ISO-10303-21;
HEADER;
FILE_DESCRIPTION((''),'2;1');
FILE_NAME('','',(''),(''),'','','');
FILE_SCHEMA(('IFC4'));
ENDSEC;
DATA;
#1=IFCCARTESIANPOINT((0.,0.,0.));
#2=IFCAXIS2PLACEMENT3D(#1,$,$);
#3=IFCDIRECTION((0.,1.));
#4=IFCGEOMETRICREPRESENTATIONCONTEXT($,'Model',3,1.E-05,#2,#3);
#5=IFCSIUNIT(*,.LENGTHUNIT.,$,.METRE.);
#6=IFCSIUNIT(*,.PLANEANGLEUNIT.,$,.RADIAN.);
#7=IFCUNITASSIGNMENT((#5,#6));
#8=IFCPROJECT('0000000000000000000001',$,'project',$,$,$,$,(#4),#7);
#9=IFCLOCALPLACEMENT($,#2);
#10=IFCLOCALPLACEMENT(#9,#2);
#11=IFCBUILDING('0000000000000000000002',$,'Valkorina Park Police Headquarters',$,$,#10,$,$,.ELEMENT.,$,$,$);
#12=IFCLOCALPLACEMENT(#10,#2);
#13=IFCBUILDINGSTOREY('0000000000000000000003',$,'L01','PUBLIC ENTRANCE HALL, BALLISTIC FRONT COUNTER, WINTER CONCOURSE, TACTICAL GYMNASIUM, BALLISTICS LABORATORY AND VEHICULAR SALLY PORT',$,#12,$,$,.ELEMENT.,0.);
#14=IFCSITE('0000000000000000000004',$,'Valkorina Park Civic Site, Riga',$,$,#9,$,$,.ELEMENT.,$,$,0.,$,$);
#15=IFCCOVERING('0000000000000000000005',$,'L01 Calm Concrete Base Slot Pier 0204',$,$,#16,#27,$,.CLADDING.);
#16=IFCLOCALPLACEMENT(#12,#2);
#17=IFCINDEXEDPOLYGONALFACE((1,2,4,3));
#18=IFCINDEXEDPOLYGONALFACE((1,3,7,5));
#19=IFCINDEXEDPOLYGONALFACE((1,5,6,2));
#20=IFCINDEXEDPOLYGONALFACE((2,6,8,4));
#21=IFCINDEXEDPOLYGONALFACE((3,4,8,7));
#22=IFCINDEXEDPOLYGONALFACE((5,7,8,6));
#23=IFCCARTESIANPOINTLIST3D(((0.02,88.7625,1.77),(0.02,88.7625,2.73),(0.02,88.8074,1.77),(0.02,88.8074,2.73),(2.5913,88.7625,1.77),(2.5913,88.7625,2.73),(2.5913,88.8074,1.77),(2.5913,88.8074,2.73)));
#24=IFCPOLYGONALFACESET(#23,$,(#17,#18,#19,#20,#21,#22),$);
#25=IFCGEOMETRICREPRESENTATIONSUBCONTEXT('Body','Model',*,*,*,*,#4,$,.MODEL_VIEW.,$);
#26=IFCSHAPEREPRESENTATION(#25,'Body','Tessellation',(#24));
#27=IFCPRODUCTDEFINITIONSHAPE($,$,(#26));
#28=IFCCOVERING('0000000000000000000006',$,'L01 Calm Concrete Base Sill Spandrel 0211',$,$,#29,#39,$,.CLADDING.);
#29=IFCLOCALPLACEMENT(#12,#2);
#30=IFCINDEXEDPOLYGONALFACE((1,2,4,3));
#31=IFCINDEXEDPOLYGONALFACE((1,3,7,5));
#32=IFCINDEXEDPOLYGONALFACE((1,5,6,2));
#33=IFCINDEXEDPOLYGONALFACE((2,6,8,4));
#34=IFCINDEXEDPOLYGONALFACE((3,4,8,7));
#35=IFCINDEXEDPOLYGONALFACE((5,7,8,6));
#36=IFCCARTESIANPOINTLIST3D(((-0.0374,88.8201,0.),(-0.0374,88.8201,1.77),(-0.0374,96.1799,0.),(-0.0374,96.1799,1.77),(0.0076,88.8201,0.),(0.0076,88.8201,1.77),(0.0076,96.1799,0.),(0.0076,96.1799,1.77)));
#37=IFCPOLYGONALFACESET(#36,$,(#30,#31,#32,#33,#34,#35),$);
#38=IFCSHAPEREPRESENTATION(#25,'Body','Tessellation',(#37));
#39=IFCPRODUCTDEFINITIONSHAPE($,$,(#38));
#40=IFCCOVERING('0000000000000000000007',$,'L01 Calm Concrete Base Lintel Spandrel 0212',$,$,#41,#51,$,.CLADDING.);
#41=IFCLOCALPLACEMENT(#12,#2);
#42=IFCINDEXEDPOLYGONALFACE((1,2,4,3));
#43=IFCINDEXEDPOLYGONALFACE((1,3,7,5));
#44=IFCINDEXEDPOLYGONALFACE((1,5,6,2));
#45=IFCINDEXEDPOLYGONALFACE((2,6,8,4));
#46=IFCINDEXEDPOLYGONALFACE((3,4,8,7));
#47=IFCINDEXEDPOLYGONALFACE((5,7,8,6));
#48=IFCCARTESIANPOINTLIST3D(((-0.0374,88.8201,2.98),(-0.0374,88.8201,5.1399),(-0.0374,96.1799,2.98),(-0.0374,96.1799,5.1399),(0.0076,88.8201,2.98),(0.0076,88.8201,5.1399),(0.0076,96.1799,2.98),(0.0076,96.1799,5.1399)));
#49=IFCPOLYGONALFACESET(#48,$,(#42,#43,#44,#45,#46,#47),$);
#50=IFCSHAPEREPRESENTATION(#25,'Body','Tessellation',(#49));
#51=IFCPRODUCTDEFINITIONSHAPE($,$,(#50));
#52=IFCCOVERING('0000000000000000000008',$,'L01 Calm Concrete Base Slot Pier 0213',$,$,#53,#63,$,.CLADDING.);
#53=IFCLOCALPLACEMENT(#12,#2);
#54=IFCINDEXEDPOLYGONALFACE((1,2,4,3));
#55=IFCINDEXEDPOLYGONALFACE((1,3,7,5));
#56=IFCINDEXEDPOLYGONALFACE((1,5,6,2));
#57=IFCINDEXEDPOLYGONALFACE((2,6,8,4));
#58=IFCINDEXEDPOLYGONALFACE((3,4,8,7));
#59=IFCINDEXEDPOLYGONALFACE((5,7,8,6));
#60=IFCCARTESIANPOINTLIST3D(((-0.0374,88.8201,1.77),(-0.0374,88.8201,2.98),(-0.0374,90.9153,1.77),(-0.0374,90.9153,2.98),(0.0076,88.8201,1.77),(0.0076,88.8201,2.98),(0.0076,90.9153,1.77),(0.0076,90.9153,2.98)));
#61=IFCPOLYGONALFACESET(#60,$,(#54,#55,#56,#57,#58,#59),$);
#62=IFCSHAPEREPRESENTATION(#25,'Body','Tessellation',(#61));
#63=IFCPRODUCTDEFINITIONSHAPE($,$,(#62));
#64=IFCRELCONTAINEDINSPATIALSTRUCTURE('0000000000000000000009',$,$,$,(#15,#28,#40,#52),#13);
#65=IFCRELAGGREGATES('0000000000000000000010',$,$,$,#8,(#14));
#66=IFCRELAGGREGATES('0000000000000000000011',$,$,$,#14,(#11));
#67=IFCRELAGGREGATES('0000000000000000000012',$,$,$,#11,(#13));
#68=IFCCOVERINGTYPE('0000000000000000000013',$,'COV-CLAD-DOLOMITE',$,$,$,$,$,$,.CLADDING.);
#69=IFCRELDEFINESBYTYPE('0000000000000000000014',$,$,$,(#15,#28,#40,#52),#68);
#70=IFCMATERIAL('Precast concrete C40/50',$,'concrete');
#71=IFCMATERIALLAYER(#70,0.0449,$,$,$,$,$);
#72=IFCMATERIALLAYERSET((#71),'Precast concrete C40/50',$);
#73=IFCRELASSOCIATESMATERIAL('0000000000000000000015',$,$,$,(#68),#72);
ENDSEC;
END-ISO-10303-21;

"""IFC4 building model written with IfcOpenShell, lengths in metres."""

from ifc_helpers import new_model, si_unit, direction, frame, frame_2d, origin, place, context, subcontext, project, spatial, rectangle, extrude, material, layer, layer_set, type_object, element, save


model = new_model("IFC4")

# Units and contexts
model_context = context("Model", 3, precision=1e-05, world=origin(), true_north=direction((0.0, 1.0)))
body_context = subcontext(model_context, "Body", "Model", "MODEL_VIEW")
ifc_project = project(units=[si_unit("LENGTHUNIT", "METRE"), si_unit("PLANEANGLEUNIT", "RADIAN")], contexts=[model_context])

# Site, building, storey
site_placement = place(None, origin())
site = spatial("IfcSite", under=ifc_project, at=site_placement, Name="Valkorina Park Civic Site, Riga", CompositionType="ELEMENT", RefElevation=0.0)
building_placement = place(site_placement, origin())
building = spatial("IfcBuilding", under=site, at=building_placement, Name="Valkorina Park Police Headquarters", CompositionType="ELEMENT")
storey_placement = place(building_placement, origin())
storey = spatial("IfcBuildingStorey", under=building, at=storey_placement, Name="L01", Description="PUBLIC ENTRANCE HALL, BALLISTIC FRONT COUNTER, WINTER CONCOURSE, TACTICAL GYMNASIUM, BALLISTICS LABORATORY AND VEHICULAR SALLY PORT", CompositionType="ELEMENT", Elevation=0.0)

# Coverings
ifc_material_1 = material(Name="Precast concrete C40/50", Category="concrete")
ifc_layer = layer(ifc_material_1, 0.0449)
ifc_layer_set = layer_set([ifc_layer], Name="Precast concrete C40/50")
covering_type = type_object("IfcCoveringType", Name="COV-CLAD-DOLOMITE", PredefinedType="CLADDING", material=ifc_layer_set)
covering_1_placement = place(storey_placement, frame((2.5913, 88.7849, 1.77), z_axis=(0.0, 0.0, 1.0), x_axis=(-1.0, 0.0, 0.0)))
element("IfcCovering", 1, at=covering_1_placement, inside=storey, type_object=covering_type, Name="L01 Calm Concrete Base Slot Pier 0204", PredefinedType="CLADDING", context=body_context, shape_type="SweptSolid", body=[
    extrude(rectangle(XDim=2.5713, YDim=0.0449, at=frame_2d((1.2856, 0.0))), origin(), (0.0, 0.0, 1.0), 0.96),
])
covering_2_placement = place(storey_placement, frame((-0.0149, 88.8201, 0.0), z_axis=(0.0, 0.0, 1.0), x_axis=(0.0, 1.0, 0.0)))
element("IfcCovering", 2, at=covering_2_placement, inside=storey, type_object=covering_type, Name="L01 Calm Concrete Base Sill Spandrel 0211", PredefinedType="CLADDING", context=body_context, shape_type="SweptSolid", body=[
    extrude(rectangle(XDim=7.3599, YDim=0.0449, at=frame_2d((3.6799, 0.0))), origin(), (0.0, 0.0, 1.0), 1.77),
])
covering_3_placement = place(storey_placement, frame((-0.0149, 88.8201, 2.98), z_axis=(0.0, 0.0, 1.0), x_axis=(0.0, 1.0, 0.0)))
element("IfcCovering", 3, at=covering_3_placement, inside=storey, type_object=covering_type, Name="L01 Calm Concrete Base Lintel Spandrel 0212", PredefinedType="CLADDING", context=body_context, shape_type="SweptSolid", body=[
    extrude(rectangle(XDim=7.3599, YDim=0.0449, at=frame_2d((3.6799, 0.0))), origin(), (0.0, 0.0, 1.0), 2.1599),
])
covering_4_placement = place(storey_placement, frame((-0.0149, 88.8201, 1.77), z_axis=(0.0, 0.0, 1.0), x_axis=(0.0, 1.0, 0.0)))
element("IfcCovering", 4, at=covering_4_placement, inside=storey, type_object=covering_type, Name="L01 Calm Concrete Base Slot Pier 0213", PredefinedType="CLADDING", context=body_context, shape_type="SweptSolid", body=[
    extrude(rectangle(XDim=2.0952, YDim=0.0449, at=frame_2d((1.0476, 0.0))), origin(), (0.0, 0.0, 1.0), 1.21),
])

save(model, "model.ifc")
